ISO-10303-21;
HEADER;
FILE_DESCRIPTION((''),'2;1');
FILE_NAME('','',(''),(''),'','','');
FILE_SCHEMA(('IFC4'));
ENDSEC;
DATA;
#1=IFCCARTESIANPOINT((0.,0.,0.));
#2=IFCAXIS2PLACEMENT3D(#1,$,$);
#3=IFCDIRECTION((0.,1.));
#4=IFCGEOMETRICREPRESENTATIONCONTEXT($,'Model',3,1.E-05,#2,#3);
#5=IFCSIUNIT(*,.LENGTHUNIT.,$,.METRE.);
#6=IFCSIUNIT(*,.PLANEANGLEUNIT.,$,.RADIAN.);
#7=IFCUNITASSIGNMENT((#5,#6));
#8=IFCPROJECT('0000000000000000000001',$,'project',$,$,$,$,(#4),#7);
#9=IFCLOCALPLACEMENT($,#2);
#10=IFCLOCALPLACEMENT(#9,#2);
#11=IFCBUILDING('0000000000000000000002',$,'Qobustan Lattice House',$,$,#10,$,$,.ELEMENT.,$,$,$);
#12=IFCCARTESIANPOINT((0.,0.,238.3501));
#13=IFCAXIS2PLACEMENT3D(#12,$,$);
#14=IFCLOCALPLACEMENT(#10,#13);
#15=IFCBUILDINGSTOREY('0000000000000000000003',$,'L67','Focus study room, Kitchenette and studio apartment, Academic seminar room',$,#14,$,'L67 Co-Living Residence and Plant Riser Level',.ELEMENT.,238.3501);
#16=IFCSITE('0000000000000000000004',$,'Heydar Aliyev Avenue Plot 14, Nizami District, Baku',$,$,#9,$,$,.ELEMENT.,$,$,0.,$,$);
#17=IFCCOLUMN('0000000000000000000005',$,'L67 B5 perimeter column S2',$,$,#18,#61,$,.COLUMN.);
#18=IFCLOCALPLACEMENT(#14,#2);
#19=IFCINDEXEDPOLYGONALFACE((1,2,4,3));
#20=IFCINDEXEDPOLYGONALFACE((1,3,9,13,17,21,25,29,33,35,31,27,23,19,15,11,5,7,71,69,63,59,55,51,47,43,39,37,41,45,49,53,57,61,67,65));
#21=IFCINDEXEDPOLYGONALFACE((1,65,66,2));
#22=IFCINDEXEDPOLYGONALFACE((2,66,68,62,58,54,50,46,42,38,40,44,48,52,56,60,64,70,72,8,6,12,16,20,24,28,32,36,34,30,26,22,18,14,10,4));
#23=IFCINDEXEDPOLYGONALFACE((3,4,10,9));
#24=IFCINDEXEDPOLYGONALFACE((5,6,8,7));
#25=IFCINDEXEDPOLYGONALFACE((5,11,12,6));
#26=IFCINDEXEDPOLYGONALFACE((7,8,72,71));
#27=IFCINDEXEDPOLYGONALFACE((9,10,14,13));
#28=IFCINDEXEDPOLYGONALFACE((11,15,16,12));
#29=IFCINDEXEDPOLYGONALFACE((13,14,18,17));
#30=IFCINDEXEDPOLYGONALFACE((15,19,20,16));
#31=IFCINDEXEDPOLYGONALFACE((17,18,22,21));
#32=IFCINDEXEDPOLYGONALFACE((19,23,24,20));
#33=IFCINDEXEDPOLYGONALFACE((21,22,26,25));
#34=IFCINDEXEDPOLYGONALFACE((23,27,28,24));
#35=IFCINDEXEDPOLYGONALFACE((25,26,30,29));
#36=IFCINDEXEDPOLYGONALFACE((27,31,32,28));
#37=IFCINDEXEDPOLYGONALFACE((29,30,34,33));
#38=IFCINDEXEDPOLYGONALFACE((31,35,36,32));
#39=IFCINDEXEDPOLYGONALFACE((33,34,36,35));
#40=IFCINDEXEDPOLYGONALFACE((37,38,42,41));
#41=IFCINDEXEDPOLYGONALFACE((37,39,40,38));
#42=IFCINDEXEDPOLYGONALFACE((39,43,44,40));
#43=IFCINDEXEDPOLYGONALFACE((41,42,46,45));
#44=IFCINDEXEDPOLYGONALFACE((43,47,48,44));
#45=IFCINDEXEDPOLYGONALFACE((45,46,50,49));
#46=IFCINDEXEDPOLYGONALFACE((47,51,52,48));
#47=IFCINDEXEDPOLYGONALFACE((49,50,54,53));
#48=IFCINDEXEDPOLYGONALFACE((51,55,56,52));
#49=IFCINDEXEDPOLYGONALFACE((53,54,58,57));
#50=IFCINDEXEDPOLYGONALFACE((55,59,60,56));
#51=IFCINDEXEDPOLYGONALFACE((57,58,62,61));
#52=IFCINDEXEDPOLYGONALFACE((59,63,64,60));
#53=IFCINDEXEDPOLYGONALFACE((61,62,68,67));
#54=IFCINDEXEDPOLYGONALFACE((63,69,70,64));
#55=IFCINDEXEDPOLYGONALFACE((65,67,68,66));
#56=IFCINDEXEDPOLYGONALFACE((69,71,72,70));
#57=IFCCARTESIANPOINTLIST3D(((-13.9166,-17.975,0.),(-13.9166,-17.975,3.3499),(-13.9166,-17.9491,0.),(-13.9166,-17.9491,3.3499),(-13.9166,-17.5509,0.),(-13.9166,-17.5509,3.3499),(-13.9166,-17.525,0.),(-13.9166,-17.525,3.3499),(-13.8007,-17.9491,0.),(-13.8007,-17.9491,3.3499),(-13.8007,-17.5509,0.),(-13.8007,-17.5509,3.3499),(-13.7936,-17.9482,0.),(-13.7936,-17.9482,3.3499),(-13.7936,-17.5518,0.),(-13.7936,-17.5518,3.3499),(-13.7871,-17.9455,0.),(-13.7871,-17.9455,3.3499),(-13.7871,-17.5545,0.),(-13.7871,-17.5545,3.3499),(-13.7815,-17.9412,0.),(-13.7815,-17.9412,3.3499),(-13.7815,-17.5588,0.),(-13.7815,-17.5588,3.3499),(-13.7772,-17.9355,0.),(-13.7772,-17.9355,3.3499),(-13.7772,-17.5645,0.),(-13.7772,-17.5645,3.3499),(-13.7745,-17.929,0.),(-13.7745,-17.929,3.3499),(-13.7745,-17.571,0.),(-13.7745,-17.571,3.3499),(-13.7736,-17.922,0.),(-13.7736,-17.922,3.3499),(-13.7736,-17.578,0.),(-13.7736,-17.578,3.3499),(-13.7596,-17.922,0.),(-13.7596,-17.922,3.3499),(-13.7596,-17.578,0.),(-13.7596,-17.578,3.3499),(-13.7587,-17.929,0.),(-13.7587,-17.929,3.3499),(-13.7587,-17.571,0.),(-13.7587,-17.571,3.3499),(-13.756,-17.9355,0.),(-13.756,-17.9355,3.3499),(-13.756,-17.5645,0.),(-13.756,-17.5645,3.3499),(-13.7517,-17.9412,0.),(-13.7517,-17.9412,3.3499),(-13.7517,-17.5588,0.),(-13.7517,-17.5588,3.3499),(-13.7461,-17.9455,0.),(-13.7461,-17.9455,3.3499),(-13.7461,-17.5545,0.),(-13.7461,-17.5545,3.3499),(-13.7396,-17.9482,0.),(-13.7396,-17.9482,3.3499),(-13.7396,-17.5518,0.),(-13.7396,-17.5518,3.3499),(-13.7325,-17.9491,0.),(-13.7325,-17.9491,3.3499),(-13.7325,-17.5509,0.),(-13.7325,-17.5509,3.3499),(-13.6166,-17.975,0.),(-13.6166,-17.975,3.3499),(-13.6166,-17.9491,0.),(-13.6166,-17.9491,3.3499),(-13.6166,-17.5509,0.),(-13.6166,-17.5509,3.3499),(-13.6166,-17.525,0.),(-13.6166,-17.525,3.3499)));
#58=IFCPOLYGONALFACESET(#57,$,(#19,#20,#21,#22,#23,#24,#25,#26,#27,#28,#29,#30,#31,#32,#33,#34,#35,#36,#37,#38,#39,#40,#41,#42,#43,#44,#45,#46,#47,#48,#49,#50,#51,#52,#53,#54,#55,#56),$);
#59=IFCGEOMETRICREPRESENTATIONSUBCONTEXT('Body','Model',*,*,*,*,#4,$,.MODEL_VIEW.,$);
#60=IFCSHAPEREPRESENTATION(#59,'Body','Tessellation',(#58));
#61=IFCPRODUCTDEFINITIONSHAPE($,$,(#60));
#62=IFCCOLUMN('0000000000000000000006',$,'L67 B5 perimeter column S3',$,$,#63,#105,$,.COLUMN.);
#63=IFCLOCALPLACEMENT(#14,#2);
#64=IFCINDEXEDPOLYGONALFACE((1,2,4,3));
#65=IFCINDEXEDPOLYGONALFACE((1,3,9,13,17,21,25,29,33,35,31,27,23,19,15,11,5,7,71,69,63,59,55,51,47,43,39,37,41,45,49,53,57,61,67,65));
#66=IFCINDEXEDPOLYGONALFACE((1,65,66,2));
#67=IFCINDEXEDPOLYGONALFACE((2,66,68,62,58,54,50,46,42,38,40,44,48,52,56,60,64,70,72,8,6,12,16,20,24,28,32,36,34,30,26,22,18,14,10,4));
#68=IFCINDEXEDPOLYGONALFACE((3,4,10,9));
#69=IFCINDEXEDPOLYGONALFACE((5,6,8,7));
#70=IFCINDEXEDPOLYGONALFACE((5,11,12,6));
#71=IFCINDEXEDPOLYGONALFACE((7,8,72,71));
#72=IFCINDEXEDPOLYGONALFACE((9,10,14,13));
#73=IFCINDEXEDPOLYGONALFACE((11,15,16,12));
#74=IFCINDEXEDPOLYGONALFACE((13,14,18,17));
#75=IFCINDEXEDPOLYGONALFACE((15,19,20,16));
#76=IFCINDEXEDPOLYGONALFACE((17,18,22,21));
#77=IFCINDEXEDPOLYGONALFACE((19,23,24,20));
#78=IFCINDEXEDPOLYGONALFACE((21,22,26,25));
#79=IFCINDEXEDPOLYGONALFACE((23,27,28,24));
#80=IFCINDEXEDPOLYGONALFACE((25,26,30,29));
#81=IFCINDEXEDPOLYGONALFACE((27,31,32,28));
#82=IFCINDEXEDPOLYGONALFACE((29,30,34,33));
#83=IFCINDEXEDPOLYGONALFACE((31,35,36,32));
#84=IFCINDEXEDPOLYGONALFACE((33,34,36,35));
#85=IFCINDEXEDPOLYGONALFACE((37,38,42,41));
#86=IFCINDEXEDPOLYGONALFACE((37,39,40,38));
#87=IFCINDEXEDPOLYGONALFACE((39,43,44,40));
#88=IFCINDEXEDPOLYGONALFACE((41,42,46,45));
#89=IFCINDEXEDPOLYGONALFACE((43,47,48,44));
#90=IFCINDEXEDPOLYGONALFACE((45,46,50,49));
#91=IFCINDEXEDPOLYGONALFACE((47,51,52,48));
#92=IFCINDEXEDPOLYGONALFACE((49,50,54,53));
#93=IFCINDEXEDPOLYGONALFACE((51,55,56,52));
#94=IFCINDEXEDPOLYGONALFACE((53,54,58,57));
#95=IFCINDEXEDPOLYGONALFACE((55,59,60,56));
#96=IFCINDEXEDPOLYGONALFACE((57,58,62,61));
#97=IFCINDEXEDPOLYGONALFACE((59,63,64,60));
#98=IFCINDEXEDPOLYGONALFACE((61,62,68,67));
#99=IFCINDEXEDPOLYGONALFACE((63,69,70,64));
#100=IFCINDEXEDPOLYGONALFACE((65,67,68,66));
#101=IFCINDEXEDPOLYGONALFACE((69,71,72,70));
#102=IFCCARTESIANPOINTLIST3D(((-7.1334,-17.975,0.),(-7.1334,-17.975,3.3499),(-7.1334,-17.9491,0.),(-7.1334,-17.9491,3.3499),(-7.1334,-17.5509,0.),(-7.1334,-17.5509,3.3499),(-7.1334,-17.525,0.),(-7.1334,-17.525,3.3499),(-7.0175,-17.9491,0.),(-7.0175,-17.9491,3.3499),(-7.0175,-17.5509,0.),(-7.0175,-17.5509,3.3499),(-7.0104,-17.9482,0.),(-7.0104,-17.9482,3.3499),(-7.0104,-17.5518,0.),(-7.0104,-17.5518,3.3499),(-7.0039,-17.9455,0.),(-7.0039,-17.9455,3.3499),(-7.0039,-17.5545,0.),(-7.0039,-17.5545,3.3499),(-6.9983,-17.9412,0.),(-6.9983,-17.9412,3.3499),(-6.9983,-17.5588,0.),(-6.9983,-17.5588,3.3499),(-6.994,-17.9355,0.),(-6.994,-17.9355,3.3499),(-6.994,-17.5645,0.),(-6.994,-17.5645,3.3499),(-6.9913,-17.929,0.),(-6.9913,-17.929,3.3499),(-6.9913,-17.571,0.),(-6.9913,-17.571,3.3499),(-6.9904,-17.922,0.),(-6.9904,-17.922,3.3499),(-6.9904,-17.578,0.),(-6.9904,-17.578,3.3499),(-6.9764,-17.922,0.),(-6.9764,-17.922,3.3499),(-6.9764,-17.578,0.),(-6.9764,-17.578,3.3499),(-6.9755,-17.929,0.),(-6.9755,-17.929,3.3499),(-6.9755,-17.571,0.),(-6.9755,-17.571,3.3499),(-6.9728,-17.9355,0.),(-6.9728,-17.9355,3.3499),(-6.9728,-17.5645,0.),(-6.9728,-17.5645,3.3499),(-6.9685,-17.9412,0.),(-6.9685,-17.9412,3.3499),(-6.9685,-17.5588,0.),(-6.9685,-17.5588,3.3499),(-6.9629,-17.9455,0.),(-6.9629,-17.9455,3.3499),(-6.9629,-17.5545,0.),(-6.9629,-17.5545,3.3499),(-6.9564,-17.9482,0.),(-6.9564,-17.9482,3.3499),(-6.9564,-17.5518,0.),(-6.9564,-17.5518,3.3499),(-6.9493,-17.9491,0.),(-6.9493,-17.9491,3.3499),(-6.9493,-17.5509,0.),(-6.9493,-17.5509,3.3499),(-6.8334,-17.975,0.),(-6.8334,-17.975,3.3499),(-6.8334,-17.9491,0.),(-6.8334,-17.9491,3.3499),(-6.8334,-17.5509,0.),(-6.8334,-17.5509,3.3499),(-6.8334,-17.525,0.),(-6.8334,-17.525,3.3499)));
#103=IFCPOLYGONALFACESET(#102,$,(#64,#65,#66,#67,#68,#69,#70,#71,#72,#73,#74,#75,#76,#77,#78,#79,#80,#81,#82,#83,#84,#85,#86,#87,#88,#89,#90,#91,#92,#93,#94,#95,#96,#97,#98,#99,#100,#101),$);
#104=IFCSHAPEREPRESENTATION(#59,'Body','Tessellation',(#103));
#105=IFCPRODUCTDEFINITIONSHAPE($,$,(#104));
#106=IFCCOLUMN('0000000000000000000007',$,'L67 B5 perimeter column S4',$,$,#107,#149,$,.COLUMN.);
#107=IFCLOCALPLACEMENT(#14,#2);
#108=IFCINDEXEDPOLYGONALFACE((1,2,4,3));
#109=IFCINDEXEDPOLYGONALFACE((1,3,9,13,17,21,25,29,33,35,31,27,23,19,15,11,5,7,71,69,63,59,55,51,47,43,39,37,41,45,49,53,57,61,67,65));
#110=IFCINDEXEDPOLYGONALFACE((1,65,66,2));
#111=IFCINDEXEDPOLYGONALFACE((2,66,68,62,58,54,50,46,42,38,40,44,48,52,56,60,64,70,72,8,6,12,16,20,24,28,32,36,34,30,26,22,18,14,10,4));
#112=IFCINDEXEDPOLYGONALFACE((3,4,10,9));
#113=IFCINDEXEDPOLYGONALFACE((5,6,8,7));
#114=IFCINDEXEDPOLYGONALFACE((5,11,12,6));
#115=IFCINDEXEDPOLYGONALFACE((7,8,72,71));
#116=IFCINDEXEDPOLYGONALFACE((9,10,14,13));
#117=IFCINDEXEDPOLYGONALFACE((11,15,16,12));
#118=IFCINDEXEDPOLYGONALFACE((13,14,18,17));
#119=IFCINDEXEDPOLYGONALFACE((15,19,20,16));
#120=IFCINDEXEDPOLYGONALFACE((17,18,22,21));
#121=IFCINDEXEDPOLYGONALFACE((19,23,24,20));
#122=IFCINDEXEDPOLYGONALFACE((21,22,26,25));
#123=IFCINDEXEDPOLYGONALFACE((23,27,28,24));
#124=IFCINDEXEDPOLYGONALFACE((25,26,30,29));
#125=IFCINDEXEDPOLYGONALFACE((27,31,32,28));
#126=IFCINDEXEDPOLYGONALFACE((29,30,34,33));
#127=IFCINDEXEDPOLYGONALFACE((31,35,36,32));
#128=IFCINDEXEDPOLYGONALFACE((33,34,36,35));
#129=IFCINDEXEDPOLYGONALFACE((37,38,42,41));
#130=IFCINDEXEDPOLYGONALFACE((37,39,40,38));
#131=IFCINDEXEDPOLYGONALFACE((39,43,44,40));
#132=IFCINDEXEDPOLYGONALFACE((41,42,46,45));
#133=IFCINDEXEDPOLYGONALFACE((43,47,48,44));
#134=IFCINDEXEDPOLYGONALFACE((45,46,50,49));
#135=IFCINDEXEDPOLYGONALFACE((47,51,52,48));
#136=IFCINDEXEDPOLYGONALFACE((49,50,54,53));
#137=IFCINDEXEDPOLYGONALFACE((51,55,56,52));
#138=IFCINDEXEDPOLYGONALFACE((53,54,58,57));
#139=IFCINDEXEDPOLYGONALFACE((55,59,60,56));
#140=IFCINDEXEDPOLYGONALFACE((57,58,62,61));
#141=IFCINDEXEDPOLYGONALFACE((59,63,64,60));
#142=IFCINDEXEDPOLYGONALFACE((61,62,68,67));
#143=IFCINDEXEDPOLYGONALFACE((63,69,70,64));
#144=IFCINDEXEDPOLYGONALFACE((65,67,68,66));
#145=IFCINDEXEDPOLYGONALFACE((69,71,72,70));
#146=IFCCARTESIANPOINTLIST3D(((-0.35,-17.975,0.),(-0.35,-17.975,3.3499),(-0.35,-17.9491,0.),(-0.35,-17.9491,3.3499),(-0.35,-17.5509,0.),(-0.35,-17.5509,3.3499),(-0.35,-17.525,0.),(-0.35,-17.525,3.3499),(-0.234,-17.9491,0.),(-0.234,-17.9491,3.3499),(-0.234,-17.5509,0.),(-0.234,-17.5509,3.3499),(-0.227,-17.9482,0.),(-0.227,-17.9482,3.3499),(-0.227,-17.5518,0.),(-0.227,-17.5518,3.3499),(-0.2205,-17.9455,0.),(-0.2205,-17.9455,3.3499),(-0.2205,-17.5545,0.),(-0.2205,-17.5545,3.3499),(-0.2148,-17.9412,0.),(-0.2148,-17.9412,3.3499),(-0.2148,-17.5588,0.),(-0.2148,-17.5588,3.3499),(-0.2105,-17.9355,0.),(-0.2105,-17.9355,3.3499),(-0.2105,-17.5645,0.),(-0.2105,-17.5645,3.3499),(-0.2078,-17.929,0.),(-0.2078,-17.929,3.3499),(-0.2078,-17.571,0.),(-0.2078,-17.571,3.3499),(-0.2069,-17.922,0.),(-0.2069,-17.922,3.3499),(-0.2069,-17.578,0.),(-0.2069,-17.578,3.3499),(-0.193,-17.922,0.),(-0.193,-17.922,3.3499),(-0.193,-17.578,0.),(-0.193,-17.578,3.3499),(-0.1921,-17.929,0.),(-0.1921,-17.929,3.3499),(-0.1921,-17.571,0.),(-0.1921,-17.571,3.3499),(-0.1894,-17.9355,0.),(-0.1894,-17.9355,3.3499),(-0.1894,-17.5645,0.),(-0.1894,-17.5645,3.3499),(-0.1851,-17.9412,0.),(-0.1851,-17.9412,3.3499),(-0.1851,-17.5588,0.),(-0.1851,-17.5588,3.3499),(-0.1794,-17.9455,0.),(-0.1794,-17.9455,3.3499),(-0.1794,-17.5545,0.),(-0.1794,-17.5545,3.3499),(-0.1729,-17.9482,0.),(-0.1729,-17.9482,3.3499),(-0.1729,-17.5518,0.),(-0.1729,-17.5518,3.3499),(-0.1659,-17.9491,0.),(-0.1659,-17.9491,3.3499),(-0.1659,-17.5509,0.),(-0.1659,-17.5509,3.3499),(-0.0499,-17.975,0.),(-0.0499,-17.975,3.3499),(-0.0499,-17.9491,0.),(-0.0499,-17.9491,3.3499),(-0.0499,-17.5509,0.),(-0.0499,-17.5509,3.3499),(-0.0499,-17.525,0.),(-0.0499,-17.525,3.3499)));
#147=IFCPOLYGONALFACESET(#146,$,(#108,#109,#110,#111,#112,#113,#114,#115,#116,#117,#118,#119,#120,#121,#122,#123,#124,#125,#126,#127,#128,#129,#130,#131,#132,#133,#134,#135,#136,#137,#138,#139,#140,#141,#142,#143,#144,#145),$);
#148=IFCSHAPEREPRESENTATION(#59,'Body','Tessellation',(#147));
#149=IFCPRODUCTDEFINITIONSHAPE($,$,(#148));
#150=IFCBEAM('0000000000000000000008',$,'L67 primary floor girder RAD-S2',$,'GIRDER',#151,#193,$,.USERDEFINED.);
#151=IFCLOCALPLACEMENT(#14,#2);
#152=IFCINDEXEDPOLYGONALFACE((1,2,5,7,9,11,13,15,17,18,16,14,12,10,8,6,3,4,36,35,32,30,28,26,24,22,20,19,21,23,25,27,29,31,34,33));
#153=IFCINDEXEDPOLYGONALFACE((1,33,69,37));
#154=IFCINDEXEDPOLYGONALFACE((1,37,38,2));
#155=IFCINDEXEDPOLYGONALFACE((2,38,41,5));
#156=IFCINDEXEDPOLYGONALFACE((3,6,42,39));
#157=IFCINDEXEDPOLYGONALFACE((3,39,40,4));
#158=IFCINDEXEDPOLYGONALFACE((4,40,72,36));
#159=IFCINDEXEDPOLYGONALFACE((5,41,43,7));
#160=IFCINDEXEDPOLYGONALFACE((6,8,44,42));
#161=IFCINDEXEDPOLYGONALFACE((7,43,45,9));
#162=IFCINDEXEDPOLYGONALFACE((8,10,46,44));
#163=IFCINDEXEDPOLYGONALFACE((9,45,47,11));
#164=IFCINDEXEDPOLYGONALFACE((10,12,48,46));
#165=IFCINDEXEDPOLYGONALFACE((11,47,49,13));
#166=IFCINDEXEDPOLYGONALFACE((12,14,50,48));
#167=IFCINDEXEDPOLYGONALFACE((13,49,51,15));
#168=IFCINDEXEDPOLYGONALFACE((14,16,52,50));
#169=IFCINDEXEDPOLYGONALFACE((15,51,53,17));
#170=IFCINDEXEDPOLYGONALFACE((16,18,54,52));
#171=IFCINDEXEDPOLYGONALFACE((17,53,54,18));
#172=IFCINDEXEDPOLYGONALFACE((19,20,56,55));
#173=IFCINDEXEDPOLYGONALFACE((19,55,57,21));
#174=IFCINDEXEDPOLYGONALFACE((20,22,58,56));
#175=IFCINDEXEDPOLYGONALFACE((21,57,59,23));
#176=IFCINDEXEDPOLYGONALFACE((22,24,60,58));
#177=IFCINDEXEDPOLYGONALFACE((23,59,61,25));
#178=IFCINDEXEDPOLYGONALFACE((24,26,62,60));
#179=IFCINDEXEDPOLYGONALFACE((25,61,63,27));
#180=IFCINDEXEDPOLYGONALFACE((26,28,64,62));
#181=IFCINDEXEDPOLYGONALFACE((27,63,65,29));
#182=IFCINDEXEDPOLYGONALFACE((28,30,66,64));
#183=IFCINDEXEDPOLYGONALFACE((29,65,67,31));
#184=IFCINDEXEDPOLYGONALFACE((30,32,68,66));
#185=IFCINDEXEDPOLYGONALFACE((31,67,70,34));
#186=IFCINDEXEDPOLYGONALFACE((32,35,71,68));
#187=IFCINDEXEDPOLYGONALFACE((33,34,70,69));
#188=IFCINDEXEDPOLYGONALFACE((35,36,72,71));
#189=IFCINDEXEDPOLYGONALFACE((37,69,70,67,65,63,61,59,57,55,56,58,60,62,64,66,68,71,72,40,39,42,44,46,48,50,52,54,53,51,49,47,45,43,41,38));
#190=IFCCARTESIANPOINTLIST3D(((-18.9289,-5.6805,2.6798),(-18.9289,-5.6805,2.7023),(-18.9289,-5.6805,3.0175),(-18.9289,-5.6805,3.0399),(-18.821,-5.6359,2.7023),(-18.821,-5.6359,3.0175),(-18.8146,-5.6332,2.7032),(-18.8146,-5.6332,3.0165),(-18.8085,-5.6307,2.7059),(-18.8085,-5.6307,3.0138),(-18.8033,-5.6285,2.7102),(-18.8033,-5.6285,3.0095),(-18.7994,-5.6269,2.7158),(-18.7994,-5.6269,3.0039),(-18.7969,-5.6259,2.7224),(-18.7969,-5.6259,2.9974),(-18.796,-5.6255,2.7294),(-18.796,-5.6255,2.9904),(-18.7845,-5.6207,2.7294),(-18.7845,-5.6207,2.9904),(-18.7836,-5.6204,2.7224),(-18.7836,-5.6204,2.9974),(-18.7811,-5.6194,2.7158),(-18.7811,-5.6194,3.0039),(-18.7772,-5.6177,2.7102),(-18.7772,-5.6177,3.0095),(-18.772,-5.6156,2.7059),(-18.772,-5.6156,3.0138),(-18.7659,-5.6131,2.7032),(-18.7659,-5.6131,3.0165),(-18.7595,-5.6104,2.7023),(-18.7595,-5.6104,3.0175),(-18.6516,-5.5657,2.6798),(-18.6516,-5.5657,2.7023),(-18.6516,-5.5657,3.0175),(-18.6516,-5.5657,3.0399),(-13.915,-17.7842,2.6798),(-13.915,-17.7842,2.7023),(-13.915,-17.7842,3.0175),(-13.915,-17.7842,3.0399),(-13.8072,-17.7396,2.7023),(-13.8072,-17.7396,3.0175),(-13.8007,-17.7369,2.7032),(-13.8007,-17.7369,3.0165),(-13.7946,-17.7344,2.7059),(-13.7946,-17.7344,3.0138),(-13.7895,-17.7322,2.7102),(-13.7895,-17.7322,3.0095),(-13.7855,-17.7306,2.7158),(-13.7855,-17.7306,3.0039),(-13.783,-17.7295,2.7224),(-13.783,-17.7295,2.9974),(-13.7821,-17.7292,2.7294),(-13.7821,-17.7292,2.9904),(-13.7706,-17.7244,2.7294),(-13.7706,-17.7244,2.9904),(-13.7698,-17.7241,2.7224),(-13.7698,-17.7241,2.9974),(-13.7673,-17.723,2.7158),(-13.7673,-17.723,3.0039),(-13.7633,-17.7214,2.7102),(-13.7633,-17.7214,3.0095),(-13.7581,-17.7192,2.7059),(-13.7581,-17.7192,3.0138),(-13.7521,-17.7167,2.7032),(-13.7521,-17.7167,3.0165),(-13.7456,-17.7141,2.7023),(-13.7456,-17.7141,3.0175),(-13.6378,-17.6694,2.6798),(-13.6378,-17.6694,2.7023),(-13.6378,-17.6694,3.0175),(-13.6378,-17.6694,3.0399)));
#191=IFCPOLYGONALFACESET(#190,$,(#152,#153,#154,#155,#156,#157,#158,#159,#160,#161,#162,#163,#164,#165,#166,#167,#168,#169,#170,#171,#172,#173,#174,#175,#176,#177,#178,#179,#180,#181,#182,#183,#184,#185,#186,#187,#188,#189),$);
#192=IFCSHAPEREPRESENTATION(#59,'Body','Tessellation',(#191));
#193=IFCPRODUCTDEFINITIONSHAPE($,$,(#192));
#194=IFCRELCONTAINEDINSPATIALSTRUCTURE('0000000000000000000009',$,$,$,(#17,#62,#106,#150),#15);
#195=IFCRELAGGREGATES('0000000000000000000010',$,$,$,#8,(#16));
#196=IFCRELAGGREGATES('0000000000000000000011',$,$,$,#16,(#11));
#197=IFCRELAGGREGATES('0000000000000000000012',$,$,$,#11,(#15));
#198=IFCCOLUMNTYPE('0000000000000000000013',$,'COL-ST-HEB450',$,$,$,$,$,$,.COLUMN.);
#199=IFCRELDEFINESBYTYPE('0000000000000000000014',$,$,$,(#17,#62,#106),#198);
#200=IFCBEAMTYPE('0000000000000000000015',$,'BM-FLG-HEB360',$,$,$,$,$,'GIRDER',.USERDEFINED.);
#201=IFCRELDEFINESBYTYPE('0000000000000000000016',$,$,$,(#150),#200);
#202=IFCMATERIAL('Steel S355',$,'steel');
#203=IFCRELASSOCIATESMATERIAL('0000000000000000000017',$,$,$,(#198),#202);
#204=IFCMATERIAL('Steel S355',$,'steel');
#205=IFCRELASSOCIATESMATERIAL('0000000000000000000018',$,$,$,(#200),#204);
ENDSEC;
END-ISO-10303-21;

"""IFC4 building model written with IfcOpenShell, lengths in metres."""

from ifc_helpers import new_model, si_unit, direction, frame, origin, origin_2d, place, context, subcontext, project, spatial, i_section, extrude, material, material_profile, profile_set, type_object, element, save


model = new_model("IFC4")

# Units and contexts
model_context = context("Model", 3, precision=1e-05, world=origin(), true_north=direction((0.0, 1.0)))
body_context = subcontext(model_context, "Body", "Model", "MODEL_VIEW")
ifc_project = project(units=[si_unit("LENGTHUNIT", "METRE"), si_unit("PLANEANGLEUNIT", "RADIAN")], contexts=[model_context])

# Site, building, storey
site_placement = place(None, origin())
site = spatial("IfcSite", under=ifc_project, at=site_placement, Name="Heydar Aliyev Avenue Plot 14, Nizami District, Baku", CompositionType="ELEMENT", RefElevation=0.0)
building_placement = place(site_placement, origin())
building = spatial("IfcBuilding", under=site, at=building_placement, Name="Qobustan Lattice House", CompositionType="ELEMENT")
storey_placement = place(building_placement, frame((0.0, 0.0, 238.3501)))
storey = spatial("IfcBuildingStorey", under=building, at=storey_placement, Name="L67", Description="Focus study room, Kitchenette and studio apartment, Academic seminar room", LongName="L67 Co-Living Residence and Plant Riser Level", CompositionType="ELEMENT", Elevation=238.3501)

# Columns
ifc_material_1 = material(Name="Steel S355", Category="steel")
ifc_material_profile_1 = material_profile(ifc_material_1, i_section(OverallWidth=0.3, OverallDepth=0.45, WebThickness=0.0139, FlangeThickness=0.0259, FilletRadius=0.0271, at=origin_2d()), Name="HEB450")
ifc_profile_set_1 = profile_set([ifc_material_profile_1], Name="Steel S355")
column_type = type_object("IfcColumnType", Name="COL-ST-HEB450", PredefinedType="COLUMN", material=ifc_profile_set_1)
for number, where, z_axis, x_axis, name in (
    (1, (-13.7666, -17.75, 0.0), (0.0, 0.0, 1.0), (1.0, 0.0, 0.0), "L67 B5 perimeter column S2"),
    (2, (-6.9834, -17.75, 0.0), (0.0, 0.0, 1.0), (1.0, 0.0, 0.0), "L67 B5 perimeter column S3"),
    (3, (-0.2, -17.75, 0.0), (0.0, 0.0, 1.0), (1.0, 0.0, 0.0), "L67 B5 perimeter column S4"),
):
    element("IfcColumn", number, at=place(storey_placement, frame(where, z_axis=z_axis, x_axis=x_axis)), inside=storey, type_object=column_type, Name=name, PredefinedType="COLUMN", context=body_context, shape_type="SweptSolid", body=[
        extrude(i_section(OverallWidth=0.3, OverallDepth=0.45, WebThickness=0.0139, FlangeThickness=0.0259, FilletRadius=0.0271, at=origin_2d()), origin(), (0.0, 0.0, 1.0), 3.3499),
    ])

# Beam
ifc_material_2 = material(Name="Steel S355", Category="steel")
ifc_material_profile_2 = material_profile(ifc_material_2, i_section(OverallWidth=0.3, OverallDepth=0.3601, WebThickness=0.0125, FlangeThickness=0.0225, FilletRadius=0.0271, at=origin_2d()), Name="HEB360")
ifc_profile_set_2 = profile_set([ifc_material_profile_2], Name="Steel S355")
beam_type_1 = type_object("IfcBeamType", Name="BM-FLG-HEB360", ElementType="GIRDER", PredefinedType="USERDEFINED", material=ifc_profile_set_2)
beam_1_placement = place(storey_placement, frame((-13.7764, -17.7268, 2.8599), z_axis=(-0.382708, 0.923869, 0.0), x_axis=(-0.923869, -0.382708, 0.0)))
element("IfcBeam", 4, at=beam_1_placement, inside=storey, type_object=beam_type_1, Name="L67 primary floor girder RAD-S2", ObjectType="GIRDER", PredefinedType="USERDEFINED", context=body_context, shape_type="SweptSolid", body=[
    extrude(i_section(OverallWidth=0.3, OverallDepth=0.3601, WebThickness=0.0125, FlangeThickness=0.0225, FilletRadius=0.0271, at=origin_2d()), origin(), (0.0, 0.0, 1.0), 13.1011),
])

save(model, "model.ifc")
